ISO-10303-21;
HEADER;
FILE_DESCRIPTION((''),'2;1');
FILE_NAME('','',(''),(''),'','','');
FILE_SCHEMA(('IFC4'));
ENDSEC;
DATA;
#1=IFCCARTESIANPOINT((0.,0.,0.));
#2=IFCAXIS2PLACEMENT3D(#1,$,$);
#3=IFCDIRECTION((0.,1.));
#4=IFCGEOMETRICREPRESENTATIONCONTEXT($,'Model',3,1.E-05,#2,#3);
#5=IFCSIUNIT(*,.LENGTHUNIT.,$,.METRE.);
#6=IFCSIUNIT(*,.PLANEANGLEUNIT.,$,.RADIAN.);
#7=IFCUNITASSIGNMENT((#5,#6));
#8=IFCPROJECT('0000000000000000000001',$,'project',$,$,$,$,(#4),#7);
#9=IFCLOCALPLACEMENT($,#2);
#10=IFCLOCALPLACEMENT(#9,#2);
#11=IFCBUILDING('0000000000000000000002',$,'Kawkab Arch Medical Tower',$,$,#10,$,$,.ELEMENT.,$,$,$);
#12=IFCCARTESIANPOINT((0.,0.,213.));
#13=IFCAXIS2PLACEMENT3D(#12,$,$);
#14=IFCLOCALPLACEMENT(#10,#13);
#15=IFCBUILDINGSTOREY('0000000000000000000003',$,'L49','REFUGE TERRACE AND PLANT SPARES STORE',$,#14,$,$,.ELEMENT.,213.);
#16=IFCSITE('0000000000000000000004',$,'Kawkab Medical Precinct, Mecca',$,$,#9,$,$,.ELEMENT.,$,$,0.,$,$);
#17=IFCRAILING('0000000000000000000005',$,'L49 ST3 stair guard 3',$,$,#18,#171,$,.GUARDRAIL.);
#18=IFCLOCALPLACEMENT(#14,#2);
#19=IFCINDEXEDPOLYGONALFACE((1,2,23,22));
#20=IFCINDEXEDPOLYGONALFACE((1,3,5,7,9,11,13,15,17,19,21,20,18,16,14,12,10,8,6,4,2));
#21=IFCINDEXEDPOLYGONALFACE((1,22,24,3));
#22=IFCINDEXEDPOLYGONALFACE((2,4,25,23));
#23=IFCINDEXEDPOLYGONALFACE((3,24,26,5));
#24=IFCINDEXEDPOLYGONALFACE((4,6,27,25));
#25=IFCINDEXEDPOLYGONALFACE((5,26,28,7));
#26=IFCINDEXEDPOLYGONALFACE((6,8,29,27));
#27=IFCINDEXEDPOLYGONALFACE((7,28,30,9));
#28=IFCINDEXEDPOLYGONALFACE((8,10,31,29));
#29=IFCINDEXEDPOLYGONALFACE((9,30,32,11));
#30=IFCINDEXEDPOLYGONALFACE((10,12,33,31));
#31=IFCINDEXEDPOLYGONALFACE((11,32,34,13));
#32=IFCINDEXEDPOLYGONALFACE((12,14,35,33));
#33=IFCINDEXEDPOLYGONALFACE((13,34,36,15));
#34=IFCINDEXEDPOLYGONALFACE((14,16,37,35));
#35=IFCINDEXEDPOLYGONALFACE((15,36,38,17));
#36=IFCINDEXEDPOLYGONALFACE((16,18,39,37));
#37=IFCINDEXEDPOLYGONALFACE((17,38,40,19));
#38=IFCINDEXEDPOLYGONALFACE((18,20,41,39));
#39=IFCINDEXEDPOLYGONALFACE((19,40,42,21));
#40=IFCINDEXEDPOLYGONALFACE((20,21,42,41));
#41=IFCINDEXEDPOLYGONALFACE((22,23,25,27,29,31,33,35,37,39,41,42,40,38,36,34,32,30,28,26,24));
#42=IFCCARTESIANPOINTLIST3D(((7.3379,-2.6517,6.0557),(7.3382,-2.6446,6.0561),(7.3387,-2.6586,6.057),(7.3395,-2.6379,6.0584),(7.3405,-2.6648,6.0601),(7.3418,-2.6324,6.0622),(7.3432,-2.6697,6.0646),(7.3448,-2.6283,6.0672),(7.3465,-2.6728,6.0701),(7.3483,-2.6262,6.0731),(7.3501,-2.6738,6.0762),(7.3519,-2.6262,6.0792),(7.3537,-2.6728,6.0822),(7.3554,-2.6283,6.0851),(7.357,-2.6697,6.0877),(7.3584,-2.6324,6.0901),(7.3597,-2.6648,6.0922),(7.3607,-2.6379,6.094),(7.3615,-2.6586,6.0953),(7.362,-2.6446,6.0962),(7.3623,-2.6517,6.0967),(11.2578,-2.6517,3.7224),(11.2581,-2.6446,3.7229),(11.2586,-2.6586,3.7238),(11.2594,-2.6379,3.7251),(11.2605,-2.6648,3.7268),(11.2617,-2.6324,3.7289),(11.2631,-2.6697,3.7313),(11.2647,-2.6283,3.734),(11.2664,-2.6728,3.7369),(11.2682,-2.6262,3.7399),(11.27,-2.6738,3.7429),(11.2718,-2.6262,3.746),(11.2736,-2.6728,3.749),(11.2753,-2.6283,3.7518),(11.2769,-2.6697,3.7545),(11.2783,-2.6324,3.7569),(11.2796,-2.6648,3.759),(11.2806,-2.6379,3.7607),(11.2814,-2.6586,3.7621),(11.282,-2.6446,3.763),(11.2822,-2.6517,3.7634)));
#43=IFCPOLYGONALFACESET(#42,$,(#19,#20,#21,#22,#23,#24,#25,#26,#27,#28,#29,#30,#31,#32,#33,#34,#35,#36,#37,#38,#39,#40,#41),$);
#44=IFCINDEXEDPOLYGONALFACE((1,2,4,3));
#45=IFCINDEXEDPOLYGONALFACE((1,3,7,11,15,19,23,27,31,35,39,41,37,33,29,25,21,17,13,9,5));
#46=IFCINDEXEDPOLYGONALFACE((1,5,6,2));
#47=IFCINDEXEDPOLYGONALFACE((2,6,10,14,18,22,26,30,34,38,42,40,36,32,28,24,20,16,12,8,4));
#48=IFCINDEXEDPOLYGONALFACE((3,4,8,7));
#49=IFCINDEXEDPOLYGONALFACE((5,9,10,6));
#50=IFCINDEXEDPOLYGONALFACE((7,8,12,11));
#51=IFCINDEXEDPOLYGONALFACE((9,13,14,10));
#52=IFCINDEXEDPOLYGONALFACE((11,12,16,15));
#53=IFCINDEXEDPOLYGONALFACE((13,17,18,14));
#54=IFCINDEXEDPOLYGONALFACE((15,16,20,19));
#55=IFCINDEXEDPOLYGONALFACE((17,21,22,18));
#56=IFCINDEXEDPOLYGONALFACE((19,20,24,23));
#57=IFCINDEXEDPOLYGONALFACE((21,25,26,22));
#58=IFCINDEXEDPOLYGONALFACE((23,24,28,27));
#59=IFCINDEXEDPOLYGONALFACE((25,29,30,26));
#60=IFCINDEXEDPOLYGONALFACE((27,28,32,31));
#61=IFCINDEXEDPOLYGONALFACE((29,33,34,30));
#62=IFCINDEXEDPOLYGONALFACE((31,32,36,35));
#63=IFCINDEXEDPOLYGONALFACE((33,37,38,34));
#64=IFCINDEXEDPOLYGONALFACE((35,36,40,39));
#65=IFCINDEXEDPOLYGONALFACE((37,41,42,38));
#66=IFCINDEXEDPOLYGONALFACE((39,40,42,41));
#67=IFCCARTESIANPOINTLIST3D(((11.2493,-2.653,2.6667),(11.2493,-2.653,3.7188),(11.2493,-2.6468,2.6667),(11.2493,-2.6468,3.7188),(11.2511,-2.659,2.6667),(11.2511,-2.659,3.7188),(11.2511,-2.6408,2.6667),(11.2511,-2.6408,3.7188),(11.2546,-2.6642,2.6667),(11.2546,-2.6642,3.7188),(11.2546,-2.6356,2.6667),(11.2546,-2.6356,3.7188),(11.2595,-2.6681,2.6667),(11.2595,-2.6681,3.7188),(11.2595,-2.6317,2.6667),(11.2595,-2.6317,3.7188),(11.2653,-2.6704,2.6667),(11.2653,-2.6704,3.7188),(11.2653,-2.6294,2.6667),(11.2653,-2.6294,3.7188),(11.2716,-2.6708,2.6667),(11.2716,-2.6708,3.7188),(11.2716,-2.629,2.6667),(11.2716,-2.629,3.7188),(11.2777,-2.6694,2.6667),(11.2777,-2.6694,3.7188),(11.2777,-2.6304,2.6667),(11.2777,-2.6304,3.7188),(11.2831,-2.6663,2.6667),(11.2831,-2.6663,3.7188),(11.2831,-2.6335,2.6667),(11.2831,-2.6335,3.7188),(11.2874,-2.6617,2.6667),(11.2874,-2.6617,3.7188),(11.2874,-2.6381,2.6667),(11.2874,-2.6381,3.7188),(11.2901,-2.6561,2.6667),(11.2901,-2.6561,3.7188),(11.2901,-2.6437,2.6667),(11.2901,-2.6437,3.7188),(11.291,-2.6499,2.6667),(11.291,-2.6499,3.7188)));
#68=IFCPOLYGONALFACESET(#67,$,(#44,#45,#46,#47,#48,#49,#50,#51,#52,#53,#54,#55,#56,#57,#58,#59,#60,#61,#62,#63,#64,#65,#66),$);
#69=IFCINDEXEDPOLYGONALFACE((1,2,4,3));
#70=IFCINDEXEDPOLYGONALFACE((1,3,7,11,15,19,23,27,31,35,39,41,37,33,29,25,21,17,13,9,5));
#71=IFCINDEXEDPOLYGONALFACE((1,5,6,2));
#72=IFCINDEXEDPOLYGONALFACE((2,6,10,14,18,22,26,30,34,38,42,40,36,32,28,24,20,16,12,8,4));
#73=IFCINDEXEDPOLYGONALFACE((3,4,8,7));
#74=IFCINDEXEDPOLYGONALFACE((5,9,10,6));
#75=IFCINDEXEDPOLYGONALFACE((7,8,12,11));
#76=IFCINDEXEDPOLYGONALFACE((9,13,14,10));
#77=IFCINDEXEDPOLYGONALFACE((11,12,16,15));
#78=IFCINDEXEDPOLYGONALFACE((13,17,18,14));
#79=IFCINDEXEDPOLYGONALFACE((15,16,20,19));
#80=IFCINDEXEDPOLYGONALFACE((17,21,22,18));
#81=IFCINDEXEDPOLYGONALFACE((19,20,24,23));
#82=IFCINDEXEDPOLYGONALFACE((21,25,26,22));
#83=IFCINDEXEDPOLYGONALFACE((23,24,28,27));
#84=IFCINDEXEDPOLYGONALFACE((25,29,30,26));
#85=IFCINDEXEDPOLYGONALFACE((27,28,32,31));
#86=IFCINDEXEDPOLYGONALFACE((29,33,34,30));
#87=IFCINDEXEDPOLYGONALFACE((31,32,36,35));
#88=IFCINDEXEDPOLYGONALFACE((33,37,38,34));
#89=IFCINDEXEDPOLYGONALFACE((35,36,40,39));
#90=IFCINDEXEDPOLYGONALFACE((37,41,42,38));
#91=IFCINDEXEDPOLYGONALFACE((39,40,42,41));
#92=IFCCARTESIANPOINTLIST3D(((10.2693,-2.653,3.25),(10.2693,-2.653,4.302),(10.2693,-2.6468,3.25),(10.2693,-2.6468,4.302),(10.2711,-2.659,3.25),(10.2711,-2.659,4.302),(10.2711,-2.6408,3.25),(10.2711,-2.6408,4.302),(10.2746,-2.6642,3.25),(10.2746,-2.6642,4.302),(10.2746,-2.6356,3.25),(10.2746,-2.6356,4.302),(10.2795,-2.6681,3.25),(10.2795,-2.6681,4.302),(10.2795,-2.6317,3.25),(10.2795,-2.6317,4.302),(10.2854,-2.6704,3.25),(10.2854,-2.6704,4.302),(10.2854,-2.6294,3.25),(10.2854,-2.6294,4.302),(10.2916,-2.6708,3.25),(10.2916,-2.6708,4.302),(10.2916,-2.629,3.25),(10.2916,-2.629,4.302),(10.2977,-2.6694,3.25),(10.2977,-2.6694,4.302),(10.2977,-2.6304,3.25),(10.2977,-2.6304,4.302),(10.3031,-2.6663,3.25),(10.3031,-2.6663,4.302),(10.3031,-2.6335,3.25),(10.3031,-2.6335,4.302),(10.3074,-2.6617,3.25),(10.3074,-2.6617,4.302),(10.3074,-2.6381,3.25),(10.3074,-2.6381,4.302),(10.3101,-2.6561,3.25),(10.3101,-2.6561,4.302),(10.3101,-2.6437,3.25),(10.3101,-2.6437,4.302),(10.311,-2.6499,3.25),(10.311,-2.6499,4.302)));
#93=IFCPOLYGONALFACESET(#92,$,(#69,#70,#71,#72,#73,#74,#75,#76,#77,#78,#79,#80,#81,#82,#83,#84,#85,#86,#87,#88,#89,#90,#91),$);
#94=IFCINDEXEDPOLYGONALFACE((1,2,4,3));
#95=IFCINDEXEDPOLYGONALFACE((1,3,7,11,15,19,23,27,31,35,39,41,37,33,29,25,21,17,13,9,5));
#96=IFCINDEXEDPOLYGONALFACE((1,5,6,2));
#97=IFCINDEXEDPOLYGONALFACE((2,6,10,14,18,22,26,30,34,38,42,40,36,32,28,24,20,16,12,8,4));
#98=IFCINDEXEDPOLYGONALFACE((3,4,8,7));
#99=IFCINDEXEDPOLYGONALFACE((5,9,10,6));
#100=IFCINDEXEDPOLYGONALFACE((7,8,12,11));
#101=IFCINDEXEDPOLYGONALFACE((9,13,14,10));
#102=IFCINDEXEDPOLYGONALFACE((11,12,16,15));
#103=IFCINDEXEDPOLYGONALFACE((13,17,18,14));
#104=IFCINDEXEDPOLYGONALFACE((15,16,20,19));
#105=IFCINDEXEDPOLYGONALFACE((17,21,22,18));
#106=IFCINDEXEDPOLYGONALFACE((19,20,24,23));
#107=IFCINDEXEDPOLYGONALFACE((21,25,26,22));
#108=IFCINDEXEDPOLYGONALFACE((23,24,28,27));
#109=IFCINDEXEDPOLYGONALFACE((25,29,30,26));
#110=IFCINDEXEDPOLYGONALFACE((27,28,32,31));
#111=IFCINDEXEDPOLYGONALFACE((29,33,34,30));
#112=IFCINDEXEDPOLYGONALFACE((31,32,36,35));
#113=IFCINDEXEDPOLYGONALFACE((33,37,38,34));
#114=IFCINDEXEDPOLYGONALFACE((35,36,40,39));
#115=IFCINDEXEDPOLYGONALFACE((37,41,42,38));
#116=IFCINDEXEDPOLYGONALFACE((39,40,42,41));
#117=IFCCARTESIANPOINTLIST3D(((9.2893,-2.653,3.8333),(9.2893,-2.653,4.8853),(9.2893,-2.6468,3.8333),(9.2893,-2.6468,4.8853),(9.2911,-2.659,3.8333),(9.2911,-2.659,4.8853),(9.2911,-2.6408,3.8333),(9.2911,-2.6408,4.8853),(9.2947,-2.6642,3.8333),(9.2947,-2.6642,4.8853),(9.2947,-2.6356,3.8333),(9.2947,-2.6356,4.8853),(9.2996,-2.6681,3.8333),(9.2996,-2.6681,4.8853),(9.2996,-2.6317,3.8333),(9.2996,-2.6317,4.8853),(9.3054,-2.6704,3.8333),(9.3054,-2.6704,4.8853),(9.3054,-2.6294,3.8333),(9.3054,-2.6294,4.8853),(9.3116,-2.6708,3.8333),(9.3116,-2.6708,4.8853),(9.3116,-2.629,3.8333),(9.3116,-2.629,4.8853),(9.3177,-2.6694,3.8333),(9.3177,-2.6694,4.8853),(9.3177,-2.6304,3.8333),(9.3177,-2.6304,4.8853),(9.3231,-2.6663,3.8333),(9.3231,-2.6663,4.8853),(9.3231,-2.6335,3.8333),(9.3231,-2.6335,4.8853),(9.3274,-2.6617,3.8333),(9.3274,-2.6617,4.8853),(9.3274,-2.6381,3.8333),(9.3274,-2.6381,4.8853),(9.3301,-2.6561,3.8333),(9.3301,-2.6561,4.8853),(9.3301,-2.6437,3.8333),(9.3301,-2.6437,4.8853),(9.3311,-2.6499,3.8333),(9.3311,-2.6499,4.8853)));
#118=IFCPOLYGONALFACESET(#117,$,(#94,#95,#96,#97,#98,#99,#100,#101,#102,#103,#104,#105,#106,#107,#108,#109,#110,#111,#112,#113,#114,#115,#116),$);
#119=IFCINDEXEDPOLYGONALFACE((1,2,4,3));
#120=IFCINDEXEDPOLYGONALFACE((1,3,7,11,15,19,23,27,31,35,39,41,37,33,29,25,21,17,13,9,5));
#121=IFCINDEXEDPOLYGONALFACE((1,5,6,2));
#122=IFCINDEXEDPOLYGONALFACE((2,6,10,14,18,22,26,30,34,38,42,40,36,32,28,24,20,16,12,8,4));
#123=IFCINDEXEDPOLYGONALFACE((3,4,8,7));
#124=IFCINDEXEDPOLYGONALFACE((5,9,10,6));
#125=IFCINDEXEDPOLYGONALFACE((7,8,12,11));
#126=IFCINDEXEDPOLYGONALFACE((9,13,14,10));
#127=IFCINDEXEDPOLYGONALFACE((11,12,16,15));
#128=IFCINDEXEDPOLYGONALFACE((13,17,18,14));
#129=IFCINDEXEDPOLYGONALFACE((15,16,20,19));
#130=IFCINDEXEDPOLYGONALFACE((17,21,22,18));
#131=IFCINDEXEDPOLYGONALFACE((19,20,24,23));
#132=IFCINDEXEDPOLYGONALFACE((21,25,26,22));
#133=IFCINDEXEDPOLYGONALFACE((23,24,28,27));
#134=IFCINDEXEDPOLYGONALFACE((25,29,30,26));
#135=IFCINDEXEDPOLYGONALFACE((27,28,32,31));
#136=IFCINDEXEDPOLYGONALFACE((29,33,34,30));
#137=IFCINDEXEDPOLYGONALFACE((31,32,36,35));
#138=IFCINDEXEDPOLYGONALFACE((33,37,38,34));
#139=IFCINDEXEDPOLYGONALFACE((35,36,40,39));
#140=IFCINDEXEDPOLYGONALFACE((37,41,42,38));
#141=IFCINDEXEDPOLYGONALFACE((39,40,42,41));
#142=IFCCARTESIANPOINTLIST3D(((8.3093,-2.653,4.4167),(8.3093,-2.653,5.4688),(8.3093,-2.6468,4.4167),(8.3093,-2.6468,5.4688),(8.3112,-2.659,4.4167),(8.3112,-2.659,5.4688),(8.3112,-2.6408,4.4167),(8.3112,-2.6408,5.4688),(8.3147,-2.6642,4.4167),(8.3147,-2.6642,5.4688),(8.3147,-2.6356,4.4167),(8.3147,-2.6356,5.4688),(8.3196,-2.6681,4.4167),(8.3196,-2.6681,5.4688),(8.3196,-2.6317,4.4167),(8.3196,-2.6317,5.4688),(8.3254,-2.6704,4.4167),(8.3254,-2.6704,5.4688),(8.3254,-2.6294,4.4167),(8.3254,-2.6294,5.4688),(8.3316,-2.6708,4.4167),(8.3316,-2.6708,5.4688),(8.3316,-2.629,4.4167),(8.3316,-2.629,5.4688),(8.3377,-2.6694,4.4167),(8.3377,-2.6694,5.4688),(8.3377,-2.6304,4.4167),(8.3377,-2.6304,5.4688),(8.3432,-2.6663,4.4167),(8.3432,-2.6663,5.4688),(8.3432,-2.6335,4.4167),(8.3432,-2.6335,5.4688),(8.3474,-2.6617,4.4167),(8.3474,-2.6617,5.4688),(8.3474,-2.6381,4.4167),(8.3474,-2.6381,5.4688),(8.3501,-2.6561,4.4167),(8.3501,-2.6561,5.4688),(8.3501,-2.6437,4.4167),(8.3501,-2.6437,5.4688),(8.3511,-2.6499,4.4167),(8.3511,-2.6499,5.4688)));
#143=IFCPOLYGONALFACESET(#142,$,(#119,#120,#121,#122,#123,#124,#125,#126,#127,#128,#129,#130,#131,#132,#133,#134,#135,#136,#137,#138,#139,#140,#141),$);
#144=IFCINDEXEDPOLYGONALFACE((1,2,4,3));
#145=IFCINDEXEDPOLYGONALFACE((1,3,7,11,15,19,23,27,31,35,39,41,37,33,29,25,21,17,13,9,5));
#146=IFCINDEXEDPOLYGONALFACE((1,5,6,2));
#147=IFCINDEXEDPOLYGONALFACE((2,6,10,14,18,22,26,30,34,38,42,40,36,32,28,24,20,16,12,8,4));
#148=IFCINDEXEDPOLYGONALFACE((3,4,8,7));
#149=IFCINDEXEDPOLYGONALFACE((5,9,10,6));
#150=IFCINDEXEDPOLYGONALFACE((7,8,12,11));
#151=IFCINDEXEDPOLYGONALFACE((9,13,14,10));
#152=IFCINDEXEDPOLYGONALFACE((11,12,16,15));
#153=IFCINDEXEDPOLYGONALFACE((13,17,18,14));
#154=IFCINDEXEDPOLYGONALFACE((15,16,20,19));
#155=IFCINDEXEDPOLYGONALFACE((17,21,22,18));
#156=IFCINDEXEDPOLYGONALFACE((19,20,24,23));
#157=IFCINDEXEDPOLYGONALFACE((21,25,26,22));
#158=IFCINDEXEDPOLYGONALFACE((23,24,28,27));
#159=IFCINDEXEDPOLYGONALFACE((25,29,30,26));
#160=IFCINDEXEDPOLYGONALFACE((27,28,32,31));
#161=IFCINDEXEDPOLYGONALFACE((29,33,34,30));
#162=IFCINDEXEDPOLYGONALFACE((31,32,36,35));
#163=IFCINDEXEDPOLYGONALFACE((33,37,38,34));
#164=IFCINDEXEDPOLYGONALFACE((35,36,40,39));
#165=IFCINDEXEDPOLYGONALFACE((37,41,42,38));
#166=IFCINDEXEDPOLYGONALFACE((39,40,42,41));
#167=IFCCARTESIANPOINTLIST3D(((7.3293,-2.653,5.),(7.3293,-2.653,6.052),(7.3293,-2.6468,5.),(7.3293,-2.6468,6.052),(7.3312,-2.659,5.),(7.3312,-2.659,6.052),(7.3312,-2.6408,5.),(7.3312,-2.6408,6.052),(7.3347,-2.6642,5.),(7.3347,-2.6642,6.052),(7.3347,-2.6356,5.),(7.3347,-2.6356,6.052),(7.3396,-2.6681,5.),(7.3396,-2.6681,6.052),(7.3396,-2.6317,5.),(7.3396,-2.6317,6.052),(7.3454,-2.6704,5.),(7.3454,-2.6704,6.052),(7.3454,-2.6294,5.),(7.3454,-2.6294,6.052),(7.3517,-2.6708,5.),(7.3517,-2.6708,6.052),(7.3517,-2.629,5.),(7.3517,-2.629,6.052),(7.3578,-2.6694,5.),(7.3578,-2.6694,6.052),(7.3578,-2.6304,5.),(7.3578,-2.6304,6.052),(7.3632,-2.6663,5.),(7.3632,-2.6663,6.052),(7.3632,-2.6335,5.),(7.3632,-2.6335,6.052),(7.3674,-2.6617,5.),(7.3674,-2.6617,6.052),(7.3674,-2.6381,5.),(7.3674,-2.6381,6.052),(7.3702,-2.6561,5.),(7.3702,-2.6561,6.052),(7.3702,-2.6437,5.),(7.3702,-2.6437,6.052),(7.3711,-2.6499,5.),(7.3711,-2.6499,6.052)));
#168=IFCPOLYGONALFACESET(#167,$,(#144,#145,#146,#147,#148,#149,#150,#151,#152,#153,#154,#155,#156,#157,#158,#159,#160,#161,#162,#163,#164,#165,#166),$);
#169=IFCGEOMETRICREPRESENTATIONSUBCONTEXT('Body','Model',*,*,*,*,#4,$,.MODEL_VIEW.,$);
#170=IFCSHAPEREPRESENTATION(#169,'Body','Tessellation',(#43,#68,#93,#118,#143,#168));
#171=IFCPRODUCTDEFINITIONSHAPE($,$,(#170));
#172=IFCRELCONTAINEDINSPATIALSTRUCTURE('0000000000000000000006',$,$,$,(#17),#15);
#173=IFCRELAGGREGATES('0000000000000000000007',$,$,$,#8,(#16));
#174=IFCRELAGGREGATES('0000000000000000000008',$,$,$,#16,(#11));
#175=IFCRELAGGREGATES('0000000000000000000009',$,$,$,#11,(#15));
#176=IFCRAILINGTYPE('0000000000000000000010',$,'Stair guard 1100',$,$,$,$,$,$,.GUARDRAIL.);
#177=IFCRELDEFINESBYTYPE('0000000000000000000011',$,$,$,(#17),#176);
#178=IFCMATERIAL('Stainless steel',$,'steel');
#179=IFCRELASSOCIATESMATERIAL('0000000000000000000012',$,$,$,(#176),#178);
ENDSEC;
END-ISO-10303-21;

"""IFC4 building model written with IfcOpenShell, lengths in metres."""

from ifc_helpers import new_model, si_unit, direction, frame, origin, origin_2d, place, context, subcontext, project, spatial, circle, extrude, material, type_object, element, save


model = new_model("IFC4")

# Units and contexts
model_context = context("Model", 3, precision=1e-05, world=origin(), true_north=direction((0.0, 1.0)))
body_context = subcontext(model_context, "Body", "Model", "MODEL_VIEW")
ifc_project = project(units=[si_unit("LENGTHUNIT", "METRE"), si_unit("PLANEANGLEUNIT", "RADIAN")], contexts=[model_context])

# Site, building, storey
site_placement = place(None, origin())
site = spatial("IfcSite", under=ifc_project, at=site_placement, Name="Kawkab Medical Precinct, Mecca", CompositionType="ELEMENT", RefElevation=0.0)
building_placement = place(site_placement, origin())
building = spatial("IfcBuilding", under=site, at=building_placement, Name="Kawkab Arch Medical Tower", CompositionType="ELEMENT")
storey_placement = place(building_placement, frame((0.0, 0.0, 213.0)))
storey = spatial("IfcBuildingStorey", under=building, at=storey_placement, Name="L49", Description="REFUGE TERRACE AND PLANT SPARES STORE", CompositionType="ELEMENT", Elevation=213.0)

# Railing
ifc_material_1 = material(Name="Stainless steel", Category="steel")
railing_type = type_object("IfcRailingType", Name="Stair guard 1100", PredefinedType="GUARDRAIL", material=ifc_material_1)
railing_1_placement = place(storey_placement, frame((11.27, -2.6499, 2.6667)))
element("IfcRailing", 1, at=railing_1_placement, inside=storey, type_object=railing_type, Name="L49 ST3 stair guard 3", PredefinedType="GUARDRAIL", context=body_context, shape_type="SweptSolid", body=[
    extrude(circle(Radius=0.0239, at=origin_2d()), frame((0.0, 0.0, 1.0762), z_axis=(-0.859296, 0.0, 0.511478), x_axis=(0.0, -1.0, 0.0)), (0.0, 0.0, 1.0), 4.5618),
    extrude(circle(Radius=0.021, at=origin_2d()), origin(), (0.0, 0.0, 1.0), 1.052),
    extrude(circle(Radius=0.021, at=origin_2d()), frame((-0.98, 0.0, 0.5833)), (0.0, 0.0, 1.0), 1.052),
    extrude(circle(Radius=0.021, at=origin_2d()), frame((-1.96, 0.0, 1.1665)), (0.0, 0.0, 1.0), 1.052),
    extrude(circle(Radius=0.021, at=origin_2d()), frame((-2.9399, 0.0, 1.75)), (0.0, 0.0, 1.0), 1.052),
    extrude(circle(Radius=0.021, at=origin_2d()), frame((-3.9199, 0.0, 2.3333)), (0.0, 0.0, 1.0), 1.052),
])

save(model, "model.ifc")
